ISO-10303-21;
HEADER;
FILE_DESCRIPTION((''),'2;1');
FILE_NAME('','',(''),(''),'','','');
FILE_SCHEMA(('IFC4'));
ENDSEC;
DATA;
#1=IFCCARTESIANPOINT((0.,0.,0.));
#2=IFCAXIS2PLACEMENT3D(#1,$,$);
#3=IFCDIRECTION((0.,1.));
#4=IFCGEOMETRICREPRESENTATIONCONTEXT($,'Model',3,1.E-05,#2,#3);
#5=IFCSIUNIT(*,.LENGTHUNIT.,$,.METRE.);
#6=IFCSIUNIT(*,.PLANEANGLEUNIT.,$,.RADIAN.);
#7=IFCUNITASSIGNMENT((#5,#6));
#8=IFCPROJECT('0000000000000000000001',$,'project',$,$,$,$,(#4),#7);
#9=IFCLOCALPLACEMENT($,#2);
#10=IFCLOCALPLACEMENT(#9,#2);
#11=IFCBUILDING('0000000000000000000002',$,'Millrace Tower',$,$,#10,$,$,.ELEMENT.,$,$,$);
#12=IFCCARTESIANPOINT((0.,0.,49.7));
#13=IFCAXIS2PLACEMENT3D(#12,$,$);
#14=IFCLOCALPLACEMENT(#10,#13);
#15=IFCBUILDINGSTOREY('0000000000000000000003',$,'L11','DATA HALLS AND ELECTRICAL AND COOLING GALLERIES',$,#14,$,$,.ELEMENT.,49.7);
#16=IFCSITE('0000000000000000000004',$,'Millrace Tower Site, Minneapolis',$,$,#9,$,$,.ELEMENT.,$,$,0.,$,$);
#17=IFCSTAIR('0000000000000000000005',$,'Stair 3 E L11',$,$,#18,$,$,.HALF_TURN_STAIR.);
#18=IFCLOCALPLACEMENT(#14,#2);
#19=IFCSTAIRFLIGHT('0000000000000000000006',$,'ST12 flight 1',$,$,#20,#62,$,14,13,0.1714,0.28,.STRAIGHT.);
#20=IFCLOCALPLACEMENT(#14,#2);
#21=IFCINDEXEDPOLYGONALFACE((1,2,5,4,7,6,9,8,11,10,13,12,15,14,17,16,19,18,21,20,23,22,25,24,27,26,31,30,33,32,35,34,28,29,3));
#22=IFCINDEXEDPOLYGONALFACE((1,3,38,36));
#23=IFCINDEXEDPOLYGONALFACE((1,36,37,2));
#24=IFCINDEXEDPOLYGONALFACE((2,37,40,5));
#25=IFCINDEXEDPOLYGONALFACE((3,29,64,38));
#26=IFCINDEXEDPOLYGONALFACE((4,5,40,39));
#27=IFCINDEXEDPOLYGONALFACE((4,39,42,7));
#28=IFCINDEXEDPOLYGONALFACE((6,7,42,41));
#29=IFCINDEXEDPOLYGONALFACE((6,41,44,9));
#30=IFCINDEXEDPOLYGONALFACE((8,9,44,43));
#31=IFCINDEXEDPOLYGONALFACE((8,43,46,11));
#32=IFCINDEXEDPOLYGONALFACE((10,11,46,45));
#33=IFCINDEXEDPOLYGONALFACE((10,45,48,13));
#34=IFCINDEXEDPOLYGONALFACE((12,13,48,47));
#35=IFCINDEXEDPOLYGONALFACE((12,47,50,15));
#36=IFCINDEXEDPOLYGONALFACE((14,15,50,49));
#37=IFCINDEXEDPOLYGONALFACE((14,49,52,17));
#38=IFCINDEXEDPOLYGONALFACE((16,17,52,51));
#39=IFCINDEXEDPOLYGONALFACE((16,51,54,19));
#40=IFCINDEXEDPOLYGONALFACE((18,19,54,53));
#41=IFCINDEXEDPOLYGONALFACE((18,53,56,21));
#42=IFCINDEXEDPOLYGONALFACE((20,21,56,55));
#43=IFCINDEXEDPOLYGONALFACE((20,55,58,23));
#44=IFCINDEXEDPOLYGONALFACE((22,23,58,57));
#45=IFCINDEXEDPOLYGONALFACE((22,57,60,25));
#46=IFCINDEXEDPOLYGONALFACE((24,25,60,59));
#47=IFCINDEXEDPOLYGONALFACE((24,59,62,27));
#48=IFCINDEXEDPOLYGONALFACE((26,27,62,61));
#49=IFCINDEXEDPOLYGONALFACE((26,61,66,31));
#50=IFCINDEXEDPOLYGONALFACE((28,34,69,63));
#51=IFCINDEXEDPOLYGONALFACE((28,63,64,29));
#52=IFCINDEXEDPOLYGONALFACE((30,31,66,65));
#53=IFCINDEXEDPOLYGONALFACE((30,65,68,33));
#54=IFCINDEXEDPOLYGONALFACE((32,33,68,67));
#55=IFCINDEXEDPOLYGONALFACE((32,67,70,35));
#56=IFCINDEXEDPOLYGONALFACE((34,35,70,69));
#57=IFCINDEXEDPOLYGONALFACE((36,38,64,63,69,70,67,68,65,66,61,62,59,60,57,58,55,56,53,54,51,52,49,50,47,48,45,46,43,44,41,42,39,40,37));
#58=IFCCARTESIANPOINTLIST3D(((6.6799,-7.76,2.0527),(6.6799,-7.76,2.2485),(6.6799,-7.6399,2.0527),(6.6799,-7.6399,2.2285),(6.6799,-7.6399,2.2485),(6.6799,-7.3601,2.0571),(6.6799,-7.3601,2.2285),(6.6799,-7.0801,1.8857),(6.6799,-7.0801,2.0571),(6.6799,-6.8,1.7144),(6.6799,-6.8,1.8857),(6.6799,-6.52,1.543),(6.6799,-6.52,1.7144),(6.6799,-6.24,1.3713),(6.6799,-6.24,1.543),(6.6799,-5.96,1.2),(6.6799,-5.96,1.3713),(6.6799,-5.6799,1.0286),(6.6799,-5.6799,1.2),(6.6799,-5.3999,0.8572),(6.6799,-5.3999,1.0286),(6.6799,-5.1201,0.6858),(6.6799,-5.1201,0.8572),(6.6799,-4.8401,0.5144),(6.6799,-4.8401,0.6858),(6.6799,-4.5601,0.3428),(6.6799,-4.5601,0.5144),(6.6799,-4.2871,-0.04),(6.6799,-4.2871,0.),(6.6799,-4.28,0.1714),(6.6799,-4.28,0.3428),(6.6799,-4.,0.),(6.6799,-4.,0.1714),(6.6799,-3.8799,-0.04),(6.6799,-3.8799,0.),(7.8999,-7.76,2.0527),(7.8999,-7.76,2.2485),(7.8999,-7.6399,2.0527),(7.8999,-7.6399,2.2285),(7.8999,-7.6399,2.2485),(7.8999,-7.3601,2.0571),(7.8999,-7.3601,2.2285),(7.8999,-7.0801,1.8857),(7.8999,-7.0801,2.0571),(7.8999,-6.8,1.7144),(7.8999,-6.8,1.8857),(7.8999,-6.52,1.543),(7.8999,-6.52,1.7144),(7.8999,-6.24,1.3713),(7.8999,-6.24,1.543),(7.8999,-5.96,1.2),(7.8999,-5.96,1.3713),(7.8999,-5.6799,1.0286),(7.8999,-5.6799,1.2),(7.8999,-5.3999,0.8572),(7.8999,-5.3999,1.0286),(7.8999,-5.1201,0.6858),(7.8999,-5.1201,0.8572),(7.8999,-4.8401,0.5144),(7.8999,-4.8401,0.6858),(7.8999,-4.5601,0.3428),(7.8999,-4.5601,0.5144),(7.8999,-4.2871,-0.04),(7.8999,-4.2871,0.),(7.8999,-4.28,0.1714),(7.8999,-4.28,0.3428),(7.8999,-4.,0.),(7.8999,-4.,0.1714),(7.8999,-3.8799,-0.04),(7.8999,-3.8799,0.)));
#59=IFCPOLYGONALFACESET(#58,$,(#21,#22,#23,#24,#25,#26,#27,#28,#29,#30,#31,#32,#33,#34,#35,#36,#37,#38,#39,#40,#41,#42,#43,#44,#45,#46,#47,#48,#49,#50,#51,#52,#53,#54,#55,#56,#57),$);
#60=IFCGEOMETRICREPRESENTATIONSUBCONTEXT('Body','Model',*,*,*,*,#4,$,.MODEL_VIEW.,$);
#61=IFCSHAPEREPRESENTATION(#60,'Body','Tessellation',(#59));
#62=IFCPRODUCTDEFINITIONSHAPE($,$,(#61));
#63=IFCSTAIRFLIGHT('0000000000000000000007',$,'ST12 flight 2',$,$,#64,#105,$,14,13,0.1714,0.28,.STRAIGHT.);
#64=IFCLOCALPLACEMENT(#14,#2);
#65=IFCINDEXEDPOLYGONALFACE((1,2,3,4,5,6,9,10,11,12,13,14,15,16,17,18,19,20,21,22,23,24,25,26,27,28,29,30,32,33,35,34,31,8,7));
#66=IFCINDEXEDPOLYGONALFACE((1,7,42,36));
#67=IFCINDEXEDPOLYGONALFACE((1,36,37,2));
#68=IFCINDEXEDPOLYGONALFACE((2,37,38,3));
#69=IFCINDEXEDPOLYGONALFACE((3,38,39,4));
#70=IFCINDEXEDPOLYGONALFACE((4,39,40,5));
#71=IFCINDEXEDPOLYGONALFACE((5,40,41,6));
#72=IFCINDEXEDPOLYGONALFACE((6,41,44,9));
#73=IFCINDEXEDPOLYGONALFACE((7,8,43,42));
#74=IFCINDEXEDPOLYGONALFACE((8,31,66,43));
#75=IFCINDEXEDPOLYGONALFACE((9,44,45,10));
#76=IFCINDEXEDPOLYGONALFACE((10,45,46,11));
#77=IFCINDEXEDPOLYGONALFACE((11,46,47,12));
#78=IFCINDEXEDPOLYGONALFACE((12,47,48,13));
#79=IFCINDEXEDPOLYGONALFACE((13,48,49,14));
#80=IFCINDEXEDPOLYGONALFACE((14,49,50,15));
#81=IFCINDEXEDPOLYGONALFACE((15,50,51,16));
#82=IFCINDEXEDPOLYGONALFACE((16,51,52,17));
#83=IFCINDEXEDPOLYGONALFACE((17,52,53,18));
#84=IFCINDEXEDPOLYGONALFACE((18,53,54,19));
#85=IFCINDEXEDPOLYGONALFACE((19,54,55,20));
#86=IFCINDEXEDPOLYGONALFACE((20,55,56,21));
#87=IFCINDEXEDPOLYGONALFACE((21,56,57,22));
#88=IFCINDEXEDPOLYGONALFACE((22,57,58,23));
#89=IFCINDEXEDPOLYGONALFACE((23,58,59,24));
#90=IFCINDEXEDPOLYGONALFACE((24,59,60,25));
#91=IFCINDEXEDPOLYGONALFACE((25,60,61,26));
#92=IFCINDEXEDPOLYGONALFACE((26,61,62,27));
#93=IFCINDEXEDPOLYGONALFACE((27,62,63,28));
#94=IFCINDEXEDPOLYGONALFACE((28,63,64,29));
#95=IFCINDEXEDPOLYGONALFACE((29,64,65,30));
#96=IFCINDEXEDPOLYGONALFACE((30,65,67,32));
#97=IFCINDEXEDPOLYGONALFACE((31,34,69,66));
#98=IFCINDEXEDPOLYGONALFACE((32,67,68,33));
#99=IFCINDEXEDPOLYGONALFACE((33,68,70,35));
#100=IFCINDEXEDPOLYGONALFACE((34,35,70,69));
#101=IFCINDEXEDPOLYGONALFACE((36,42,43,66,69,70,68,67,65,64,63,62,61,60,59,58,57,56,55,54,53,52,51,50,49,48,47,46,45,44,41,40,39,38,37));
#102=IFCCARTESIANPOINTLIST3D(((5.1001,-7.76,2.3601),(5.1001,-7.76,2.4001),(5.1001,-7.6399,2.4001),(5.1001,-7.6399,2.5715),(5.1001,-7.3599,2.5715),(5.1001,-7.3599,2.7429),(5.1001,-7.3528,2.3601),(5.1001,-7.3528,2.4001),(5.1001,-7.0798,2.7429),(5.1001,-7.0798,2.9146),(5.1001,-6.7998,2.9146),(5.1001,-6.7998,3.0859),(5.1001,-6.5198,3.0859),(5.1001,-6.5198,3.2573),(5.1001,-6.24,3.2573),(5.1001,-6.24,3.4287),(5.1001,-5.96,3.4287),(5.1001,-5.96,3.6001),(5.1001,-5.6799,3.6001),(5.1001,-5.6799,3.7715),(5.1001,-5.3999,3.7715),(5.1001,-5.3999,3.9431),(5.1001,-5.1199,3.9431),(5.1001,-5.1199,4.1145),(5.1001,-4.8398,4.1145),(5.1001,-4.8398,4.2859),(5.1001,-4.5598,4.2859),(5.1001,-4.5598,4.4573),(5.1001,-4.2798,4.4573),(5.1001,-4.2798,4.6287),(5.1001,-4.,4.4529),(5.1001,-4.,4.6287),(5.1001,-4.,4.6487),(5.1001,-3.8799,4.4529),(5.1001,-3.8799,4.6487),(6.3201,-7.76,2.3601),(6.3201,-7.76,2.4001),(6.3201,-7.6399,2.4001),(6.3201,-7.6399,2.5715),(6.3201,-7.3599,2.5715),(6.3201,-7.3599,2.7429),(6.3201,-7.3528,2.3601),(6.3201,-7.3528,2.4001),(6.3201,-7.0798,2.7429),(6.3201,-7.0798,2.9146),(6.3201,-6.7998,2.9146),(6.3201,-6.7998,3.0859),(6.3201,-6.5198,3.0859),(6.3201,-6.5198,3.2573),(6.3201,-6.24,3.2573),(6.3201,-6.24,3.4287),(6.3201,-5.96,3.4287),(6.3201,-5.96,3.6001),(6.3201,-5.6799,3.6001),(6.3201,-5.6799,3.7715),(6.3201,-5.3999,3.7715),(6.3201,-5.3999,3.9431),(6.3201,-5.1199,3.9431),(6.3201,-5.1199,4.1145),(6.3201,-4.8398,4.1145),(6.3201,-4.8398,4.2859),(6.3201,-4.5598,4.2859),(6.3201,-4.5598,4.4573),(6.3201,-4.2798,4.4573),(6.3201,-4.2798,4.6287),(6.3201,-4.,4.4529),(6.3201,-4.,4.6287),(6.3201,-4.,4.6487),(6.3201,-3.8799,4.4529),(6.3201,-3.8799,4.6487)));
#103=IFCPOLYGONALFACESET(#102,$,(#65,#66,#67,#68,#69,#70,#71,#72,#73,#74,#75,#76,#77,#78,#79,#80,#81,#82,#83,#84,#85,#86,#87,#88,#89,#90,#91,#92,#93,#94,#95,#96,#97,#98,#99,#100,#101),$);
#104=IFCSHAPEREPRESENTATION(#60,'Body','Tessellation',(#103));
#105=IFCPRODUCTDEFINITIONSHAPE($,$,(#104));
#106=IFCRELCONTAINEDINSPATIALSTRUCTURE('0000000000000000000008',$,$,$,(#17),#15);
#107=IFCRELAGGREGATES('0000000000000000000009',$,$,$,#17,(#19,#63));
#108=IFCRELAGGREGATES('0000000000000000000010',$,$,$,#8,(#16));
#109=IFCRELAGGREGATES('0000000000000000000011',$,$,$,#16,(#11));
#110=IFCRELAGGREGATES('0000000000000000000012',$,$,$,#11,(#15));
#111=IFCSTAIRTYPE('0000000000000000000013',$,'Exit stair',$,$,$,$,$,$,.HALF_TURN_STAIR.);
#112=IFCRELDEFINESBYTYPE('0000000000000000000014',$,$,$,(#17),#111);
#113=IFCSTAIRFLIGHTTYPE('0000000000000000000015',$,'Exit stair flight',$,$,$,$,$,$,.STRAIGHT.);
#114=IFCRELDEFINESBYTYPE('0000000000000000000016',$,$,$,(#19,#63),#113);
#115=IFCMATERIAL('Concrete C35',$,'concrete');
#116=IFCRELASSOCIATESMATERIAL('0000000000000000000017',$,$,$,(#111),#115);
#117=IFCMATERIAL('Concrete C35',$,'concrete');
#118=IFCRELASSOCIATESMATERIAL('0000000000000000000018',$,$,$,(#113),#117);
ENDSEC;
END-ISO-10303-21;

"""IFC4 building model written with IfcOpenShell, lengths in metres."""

from ifc_helpers import new_model, si_unit, direction, frame, origin, place, context, subcontext, project, spatial, polyline, outline, extrude, material, type_object, element, aggregate, save


model = new_model("IFC4")

# Units and contexts
model_context = context("Model", 3, precision=1e-05, world=origin(), true_north=direction((0.0, 1.0)))
body_context = subcontext(model_context, "Body", "Model", "MODEL_VIEW")
ifc_project = project(units=[si_unit("LENGTHUNIT", "METRE"), si_unit("PLANEANGLEUNIT", "RADIAN")], contexts=[model_context])

# Site, building, storey
site_placement = place(None, origin())
site = spatial("IfcSite", under=ifc_project, at=site_placement, Name="Millrace Tower Site, Minneapolis", CompositionType="ELEMENT", RefElevation=0.0)
building_placement = place(site_placement, origin())
building = spatial("IfcBuilding", under=site, at=building_placement, Name="Millrace Tower", CompositionType="ELEMENT")
storey_placement = place(building_placement, frame((0.0, 0.0, 49.7)))
storey = spatial("IfcBuildingStorey", under=building, at=storey_placement, Name="L11", Description="DATA HALLS AND ELECTRICAL AND COOLING GALLERIES", CompositionType="ELEMENT", Elevation=49.7)

# Shared definitions
placement = place(storey_placement, origin())

# Shared definitions
ifc_material_1 = material(Name="Concrete C35", Category="concrete")
stair_type = type_object("IfcStairType", Name="Exit stair", PredefinedType="HALF_TURN_STAIR", material=ifc_material_1)
ifc_material_2 = material(Name="Concrete C35", Category="concrete")
stair_flight_type = type_object("IfcStairFlightType", Name="Exit stair flight", PredefinedType="STRAIGHT", material=ifc_material_2)

# Stair, stair flights
stair_1 = element("IfcStair", 1, at=placement, inside=storey, type_object=stair_type, Name="Stair 3 E L11", PredefinedType="HALF_TURN_STAIR")
stair_flight_1_placement = place(storey_placement, frame((7.29, -4.0, 0.0), z_axis=(0.0, 0.0, 1.0), x_axis=(0.0, -1.0, 0.0)))
stair_flight_1 = element("IfcStairFlight", 2, at=stair_flight_1_placement, type_object=stair_flight_type, Name="ST12 flight 1", NumberOfRisers=14, NumberOfTreads=13, PredefinedType="STRAIGHT", RiserHeight=0.1714, TreadLength=0.28, context=body_context, shape_type="SweptSolid", body=[
    extrude(outline(polyline([(-0.1201, -0.04), (-0.1201, 0.0), (0.0, 0.0), (0.0, 0.1714), (0.28, 0.1714), (0.28, 0.3428), (0.5601, 0.3428), (0.5601, 0.5144), (0.8401, 0.5144), (0.8401, 0.6858), (1.1201, 0.6858), (1.1201, 0.8572), (1.3999, 0.8572), (1.3999, 1.0286), (1.6799, 1.0286), (1.6799, 1.2), (1.96, 1.2), (1.96, 1.3713), (2.24, 1.3713), (2.24, 1.543), (2.52, 1.543), (2.52, 1.7144), (2.8, 1.7144), (2.8, 1.8857), (3.0801, 1.8857), (3.0801, 2.0571), (3.3601, 2.0571), (3.3601, 2.2285), (3.6399, 2.2285), (3.6399, 2.2485), (3.76, 2.2485), (3.76, 2.0527), (3.6399, 2.0527), (0.2871, 0.0), (0.2871, -0.04), (-0.1201, -0.04)])), frame((0.0, 0.6099, 0.0), z_axis=(0.0, -1.0, 0.0), x_axis=(1.0, 0.0, 0.0)), (0.0, 0.0, 1.0), 1.22),
])
stair_flight_2_placement = place(storey_placement, frame((5.71, -7.6399, 2.4001), z_axis=(0.0, 0.0, 1.0), x_axis=(0.0, 1.0, 0.0)))
stair_flight_2 = element("IfcStairFlight", 3, at=stair_flight_2_placement, type_object=stair_flight_type, Name="ST12 flight 2", NumberOfRisers=14, NumberOfTreads=13, PredefinedType="STRAIGHT", RiserHeight=0.1714, TreadLength=0.28, context=body_context, shape_type="SweptSolid", body=[
    extrude(outline(polyline([(-0.1201, -0.04), (-0.1201, 0.0), (0.0, 0.0), (0.0, 0.1714), (0.28, 0.1714), (0.28, 0.3428), (0.5601, 0.3428), (0.5601, 0.5144), (0.8401, 0.5144), (0.8401, 0.6858), (1.1201, 0.6858), (1.1201, 0.8572), (1.3999, 0.8572), (1.3999, 1.0286), (1.6799, 1.0286), (1.6799, 1.2), (1.96, 1.2), (1.96, 1.3713), (2.24, 1.3713), (2.24, 1.543), (2.52, 1.543), (2.52, 1.7144), (2.8, 1.7144), (2.8, 1.8857), (3.0801, 1.8857), (3.0801, 2.0571), (3.3601, 2.0571), (3.3601, 2.2285), (3.6399, 2.2285), (3.6399, 2.2485), (3.76, 2.2485), (3.76, 2.0527), (3.6399, 2.0527), (0.2871, 0.0), (0.2871, -0.04), (-0.1201, -0.04)])), frame((0.0, 0.6099, 0.0), z_axis=(0.0, -1.0, 0.0), x_axis=(1.0, 0.0, 0.0)), (0.0, 0.0, 1.0), 1.22),
])
aggregate(stair_1, [stair_flight_1, stair_flight_2])

save(model, "model.ifc")
